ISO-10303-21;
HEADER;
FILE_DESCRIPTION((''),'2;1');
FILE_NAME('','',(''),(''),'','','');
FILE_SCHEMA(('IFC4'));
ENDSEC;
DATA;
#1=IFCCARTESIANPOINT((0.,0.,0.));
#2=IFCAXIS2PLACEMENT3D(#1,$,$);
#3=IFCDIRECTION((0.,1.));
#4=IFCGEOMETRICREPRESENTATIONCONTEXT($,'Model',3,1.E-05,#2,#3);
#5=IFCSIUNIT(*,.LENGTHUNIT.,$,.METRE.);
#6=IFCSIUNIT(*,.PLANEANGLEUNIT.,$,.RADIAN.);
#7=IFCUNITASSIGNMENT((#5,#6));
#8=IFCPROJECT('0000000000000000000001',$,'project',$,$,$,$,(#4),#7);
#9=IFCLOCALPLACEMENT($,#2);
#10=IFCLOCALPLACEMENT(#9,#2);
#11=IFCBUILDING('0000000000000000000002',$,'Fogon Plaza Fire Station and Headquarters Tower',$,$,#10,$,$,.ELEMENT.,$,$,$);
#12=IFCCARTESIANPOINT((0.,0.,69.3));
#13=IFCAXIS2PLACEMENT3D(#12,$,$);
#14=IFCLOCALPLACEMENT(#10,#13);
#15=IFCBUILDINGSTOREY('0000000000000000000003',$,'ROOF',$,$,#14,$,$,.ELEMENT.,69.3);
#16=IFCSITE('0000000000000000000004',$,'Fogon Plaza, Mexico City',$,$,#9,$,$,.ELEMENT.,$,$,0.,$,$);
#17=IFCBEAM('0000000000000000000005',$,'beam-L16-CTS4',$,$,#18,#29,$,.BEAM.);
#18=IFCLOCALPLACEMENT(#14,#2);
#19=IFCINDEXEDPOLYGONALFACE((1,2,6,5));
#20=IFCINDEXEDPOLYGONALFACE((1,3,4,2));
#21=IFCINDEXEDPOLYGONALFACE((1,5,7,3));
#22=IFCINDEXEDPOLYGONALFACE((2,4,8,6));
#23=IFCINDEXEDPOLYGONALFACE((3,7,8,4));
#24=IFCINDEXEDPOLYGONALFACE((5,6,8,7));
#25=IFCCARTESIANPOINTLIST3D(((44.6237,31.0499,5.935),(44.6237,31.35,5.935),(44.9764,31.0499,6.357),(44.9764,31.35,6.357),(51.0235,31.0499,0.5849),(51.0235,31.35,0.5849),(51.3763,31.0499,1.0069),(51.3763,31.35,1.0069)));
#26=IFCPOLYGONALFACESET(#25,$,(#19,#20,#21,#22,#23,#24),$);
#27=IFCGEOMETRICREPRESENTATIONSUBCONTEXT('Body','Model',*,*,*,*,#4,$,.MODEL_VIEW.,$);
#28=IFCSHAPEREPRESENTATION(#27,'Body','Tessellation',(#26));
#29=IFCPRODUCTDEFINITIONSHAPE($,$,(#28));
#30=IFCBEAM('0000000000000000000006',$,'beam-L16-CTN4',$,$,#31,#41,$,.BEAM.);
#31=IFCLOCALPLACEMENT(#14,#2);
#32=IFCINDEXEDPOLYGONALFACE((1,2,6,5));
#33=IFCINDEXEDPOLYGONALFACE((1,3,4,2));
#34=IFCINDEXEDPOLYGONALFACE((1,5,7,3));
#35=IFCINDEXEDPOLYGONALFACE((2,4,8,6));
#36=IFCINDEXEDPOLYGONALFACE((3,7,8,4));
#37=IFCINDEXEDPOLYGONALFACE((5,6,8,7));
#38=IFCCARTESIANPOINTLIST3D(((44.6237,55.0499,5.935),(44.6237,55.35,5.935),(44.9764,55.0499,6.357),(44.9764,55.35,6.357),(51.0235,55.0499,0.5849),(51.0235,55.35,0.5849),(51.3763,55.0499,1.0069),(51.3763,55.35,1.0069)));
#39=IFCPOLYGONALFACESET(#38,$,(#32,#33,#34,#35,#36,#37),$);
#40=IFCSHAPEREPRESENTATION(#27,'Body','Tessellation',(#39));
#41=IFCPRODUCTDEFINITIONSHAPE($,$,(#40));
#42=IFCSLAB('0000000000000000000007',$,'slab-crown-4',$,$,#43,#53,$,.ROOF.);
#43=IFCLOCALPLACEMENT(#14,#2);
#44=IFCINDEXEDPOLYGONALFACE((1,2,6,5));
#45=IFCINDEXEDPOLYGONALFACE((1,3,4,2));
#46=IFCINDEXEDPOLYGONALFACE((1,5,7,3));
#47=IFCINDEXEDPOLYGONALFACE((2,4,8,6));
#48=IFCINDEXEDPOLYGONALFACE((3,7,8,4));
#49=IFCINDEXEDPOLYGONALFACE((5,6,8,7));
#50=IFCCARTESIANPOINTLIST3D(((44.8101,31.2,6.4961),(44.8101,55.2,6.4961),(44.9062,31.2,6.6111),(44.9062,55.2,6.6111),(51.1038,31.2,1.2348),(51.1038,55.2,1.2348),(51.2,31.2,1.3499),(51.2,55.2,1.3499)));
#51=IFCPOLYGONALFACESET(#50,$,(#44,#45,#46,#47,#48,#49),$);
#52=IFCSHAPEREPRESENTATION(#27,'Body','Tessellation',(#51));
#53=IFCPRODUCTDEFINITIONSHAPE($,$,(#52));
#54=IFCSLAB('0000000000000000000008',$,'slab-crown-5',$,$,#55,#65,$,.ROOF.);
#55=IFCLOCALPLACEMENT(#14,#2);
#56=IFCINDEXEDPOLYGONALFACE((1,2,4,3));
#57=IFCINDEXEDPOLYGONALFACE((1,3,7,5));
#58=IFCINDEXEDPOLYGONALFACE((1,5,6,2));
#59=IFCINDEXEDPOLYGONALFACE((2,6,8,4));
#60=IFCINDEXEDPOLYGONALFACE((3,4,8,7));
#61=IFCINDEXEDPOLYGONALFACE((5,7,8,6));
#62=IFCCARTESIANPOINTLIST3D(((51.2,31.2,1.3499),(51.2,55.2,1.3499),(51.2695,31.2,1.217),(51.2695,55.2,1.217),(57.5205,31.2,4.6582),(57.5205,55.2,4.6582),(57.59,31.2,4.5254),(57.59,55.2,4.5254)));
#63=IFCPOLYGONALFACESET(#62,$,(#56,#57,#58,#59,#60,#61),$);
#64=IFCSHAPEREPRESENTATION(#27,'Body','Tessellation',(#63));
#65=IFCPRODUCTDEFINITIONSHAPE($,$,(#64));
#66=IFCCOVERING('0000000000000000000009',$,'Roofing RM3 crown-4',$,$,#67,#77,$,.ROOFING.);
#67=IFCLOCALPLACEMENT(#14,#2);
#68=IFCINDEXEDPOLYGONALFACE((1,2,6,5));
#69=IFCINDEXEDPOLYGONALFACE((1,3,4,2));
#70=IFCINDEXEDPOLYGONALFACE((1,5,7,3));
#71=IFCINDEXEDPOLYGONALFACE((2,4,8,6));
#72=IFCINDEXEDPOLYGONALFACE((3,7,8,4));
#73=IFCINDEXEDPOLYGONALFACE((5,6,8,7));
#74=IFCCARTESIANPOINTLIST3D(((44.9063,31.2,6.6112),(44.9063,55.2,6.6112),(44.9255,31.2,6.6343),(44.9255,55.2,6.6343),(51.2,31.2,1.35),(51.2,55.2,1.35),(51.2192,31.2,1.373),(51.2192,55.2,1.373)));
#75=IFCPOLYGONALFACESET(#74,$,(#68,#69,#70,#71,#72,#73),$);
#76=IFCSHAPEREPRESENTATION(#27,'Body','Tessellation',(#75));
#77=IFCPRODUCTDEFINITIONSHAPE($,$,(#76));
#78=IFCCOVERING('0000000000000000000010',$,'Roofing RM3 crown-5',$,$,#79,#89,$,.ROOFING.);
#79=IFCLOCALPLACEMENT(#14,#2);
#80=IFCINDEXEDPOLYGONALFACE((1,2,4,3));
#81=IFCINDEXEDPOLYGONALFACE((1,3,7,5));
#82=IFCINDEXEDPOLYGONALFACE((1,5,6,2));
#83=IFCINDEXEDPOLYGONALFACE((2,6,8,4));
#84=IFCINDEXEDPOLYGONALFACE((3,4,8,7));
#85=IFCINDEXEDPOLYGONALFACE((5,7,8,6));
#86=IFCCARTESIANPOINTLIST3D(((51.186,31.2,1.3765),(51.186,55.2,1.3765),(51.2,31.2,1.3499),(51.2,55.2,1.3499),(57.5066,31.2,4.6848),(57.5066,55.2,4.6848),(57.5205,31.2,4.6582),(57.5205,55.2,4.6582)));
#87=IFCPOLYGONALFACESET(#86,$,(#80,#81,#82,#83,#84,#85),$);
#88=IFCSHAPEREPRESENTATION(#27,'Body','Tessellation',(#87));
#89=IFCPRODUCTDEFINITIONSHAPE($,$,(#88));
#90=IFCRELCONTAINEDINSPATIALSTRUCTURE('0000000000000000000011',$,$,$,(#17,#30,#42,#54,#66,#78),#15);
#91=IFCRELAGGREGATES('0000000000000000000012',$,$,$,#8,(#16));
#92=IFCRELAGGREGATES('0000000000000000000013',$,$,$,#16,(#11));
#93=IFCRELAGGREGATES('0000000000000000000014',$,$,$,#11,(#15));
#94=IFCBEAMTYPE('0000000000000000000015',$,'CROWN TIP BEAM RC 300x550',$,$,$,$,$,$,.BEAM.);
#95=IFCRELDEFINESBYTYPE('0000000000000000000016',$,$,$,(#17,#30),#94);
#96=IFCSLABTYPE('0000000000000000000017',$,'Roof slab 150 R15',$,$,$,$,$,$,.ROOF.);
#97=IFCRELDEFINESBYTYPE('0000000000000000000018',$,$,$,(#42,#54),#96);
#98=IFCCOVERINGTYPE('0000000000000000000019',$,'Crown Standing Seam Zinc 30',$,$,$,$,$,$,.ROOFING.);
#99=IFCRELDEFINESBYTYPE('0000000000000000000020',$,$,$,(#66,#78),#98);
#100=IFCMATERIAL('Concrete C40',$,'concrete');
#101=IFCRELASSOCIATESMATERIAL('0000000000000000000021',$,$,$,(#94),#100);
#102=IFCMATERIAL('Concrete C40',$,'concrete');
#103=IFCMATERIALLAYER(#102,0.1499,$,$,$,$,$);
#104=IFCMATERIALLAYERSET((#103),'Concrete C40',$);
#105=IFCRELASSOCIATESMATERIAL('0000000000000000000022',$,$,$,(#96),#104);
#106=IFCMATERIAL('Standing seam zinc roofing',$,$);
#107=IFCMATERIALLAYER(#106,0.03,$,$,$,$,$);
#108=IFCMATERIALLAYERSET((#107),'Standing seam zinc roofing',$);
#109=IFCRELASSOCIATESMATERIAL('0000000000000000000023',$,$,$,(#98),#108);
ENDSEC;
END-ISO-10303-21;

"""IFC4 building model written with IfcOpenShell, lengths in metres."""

from ifc_helpers import new_model, si_unit, direction, frame, origin, origin_2d, place, context, subcontext, project, spatial, polyline, rectangle, outline, extrude, material, layer, layer_set, material_profile, profile_set, type_object, element, save


model = new_model("IFC4")

# Units and contexts
model_context = context("Model", 3, precision=1e-05, world=origin(), true_north=direction((0.0, 1.0)))
body_context = subcontext(model_context, "Body", "Model", "MODEL_VIEW")
ifc_project = project(units=[si_unit("LENGTHUNIT", "METRE"), si_unit("PLANEANGLEUNIT", "RADIAN")], contexts=[model_context])

# Site, building, storey
site_placement = place(None, origin())
site = spatial("IfcSite", under=ifc_project, at=site_placement, Name="Fogon Plaza, Mexico City", CompositionType="ELEMENT", RefElevation=0.0)
building_placement = place(site_placement, origin())
building = spatial("IfcBuilding", under=site, at=building_placement, Name="Fogon Plaza Fire Station and Headquarters Tower", CompositionType="ELEMENT")
storey_placement = place(building_placement, frame((0.0, 0.0, 69.3)))
storey = spatial("IfcBuildingStorey", under=building, at=storey_placement, Name="ROOF", CompositionType="ELEMENT", Elevation=69.3)

# Beams
ifc_material_1 = material(Name="Concrete C40", Category="concrete")
ifc_material_profile_1 = material_profile(ifc_material_1, rectangle(XDim=0.3, YDim=0.55, at=origin_2d()), Name="RC 300x550")
ifc_profile_set_1 = profile_set([ifc_material_profile_1], Name="Concrete C40")
beam_type_1 = type_object("IfcBeamType", Name="CROWN TIP BEAM RC 300x550", PredefinedType="BEAM", material=ifc_profile_set_1)
for number, where, z_axis, x_axis, name in (
    (1, (44.8, 31.2, 6.146), (0.767227, 0.0, -0.641375), (0.0, 1.0, 0.0), "beam-L16-CTS4"),
    (2, (44.8, 55.2, 6.146), (0.767227, 0.0, -0.641375), (0.0, 1.0, 0.0), "beam-L16-CTN4"),
):
    element("IfcBeam", number, at=place(storey_placement, frame(where, z_axis=z_axis, x_axis=x_axis)), inside=storey, type_object=beam_type_1, Name=name, PredefinedType="BEAM", context=body_context, shape_type="SweptSolid", body=[
        extrude(rectangle(XDim=0.3, YDim=0.55, at=origin_2d()), origin(), (0.0, 0.0, 1.0), 8.3416),
    ])

# Slabs
ifc_material_2 = material(Name="Concrete C40", Category="concrete")
ifc_layer_1 = layer(ifc_material_2, 0.1499)
ifc_layer_set_1 = layer_set([ifc_layer_1], Name="Concrete C40")
slab_type = type_object("IfcSlabType", Name="Roof slab 150 R15", PredefinedType="ROOF", material=ifc_layer_set_1)
slab_1_placement = place(storey_placement, frame((44.9062, 31.2, 6.6111), z_axis=(0.641369, 0.0, 0.767232), x_axis=(0.767232, 0.0, -0.641369)))
element("IfcSlab", 3, at=slab_1_placement, inside=storey, type_object=slab_type, Name="slab-crown-4", PredefinedType="ROOF", context=body_context, shape_type="SweptSolid", body=[
    extrude(outline(polyline([(0.0, 0.0), (8.2031, 0.0), (8.2031, 24.0), (0.0, 24.0), (0.0, 0.0)])), origin(), (0.0, 0.0, -1.0), 0.1499),
])
slab_2_placement = place(storey_placement, frame((51.2, 31.2, 1.3499), z_axis=(-0.463741, 0.0, 0.885971), x_axis=(0.885971, 0.0, 0.463741)))
element("IfcSlab", 4, at=slab_2_placement, inside=storey, type_object=slab_type, Name="slab-crown-5", PredefinedType="ROOF", context=body_context, shape_type="SweptSolid", body=[
    extrude(outline(polyline([(0.0, 0.0), (7.134, 0.0), (7.134, 24.0), (0.0, 24.0), (0.0, 0.0)])), origin(), (0.0, 0.0, -1.0), 0.1499),
])

# Coverings
ifc_material_3 = material(Name="Standing seam zinc roofing")
ifc_layer_2 = layer(ifc_material_3, 0.03)
ifc_layer_set_2 = layer_set([ifc_layer_2], Name="Standing seam zinc roofing")
covering_type = type_object("IfcCoveringType", Name="Crown Standing Seam Zinc 30", PredefinedType="ROOFING", material=ifc_layer_set_2)
covering_1_placement = place(storey_placement, frame((44.9255, 31.2, 6.6343), z_axis=(0.641369, 0.0, 0.767232), x_axis=(0.767232, 0.0, -0.641369)))
element("IfcCovering", 5, at=covering_1_placement, inside=storey, type_object=covering_type, Name="Roofing RM3 crown-4", PredefinedType="ROOFING", context=body_context, shape_type="SweptSolid", body=[
    extrude(outline(polyline([(0.0, 0.0), (8.2031, 0.0), (8.2031, 24.0), (0.0, 24.0), (0.0, 0.0)])), origin(), (0.0, 0.0, -1.0), 0.03),
])
covering_2_placement = place(storey_placement, frame((51.186, 31.2, 1.3765), z_axis=(-0.463741, 0.0, 0.885971), x_axis=(0.885971, 0.0, 0.463741)))
element("IfcCovering", 6, at=covering_2_placement, inside=storey, type_object=covering_type, Name="Roofing RM3 crown-5", PredefinedType="ROOFING", context=body_context, shape_type="SweptSolid", body=[
    extrude(outline(polyline([(0.0, 0.0), (7.134, 0.0), (7.134, 24.0), (0.0, 24.0), (0.0, 0.0)])), origin(), (0.0, 0.0, -1.0), 0.03),
])

save(model, "model.ifc")
